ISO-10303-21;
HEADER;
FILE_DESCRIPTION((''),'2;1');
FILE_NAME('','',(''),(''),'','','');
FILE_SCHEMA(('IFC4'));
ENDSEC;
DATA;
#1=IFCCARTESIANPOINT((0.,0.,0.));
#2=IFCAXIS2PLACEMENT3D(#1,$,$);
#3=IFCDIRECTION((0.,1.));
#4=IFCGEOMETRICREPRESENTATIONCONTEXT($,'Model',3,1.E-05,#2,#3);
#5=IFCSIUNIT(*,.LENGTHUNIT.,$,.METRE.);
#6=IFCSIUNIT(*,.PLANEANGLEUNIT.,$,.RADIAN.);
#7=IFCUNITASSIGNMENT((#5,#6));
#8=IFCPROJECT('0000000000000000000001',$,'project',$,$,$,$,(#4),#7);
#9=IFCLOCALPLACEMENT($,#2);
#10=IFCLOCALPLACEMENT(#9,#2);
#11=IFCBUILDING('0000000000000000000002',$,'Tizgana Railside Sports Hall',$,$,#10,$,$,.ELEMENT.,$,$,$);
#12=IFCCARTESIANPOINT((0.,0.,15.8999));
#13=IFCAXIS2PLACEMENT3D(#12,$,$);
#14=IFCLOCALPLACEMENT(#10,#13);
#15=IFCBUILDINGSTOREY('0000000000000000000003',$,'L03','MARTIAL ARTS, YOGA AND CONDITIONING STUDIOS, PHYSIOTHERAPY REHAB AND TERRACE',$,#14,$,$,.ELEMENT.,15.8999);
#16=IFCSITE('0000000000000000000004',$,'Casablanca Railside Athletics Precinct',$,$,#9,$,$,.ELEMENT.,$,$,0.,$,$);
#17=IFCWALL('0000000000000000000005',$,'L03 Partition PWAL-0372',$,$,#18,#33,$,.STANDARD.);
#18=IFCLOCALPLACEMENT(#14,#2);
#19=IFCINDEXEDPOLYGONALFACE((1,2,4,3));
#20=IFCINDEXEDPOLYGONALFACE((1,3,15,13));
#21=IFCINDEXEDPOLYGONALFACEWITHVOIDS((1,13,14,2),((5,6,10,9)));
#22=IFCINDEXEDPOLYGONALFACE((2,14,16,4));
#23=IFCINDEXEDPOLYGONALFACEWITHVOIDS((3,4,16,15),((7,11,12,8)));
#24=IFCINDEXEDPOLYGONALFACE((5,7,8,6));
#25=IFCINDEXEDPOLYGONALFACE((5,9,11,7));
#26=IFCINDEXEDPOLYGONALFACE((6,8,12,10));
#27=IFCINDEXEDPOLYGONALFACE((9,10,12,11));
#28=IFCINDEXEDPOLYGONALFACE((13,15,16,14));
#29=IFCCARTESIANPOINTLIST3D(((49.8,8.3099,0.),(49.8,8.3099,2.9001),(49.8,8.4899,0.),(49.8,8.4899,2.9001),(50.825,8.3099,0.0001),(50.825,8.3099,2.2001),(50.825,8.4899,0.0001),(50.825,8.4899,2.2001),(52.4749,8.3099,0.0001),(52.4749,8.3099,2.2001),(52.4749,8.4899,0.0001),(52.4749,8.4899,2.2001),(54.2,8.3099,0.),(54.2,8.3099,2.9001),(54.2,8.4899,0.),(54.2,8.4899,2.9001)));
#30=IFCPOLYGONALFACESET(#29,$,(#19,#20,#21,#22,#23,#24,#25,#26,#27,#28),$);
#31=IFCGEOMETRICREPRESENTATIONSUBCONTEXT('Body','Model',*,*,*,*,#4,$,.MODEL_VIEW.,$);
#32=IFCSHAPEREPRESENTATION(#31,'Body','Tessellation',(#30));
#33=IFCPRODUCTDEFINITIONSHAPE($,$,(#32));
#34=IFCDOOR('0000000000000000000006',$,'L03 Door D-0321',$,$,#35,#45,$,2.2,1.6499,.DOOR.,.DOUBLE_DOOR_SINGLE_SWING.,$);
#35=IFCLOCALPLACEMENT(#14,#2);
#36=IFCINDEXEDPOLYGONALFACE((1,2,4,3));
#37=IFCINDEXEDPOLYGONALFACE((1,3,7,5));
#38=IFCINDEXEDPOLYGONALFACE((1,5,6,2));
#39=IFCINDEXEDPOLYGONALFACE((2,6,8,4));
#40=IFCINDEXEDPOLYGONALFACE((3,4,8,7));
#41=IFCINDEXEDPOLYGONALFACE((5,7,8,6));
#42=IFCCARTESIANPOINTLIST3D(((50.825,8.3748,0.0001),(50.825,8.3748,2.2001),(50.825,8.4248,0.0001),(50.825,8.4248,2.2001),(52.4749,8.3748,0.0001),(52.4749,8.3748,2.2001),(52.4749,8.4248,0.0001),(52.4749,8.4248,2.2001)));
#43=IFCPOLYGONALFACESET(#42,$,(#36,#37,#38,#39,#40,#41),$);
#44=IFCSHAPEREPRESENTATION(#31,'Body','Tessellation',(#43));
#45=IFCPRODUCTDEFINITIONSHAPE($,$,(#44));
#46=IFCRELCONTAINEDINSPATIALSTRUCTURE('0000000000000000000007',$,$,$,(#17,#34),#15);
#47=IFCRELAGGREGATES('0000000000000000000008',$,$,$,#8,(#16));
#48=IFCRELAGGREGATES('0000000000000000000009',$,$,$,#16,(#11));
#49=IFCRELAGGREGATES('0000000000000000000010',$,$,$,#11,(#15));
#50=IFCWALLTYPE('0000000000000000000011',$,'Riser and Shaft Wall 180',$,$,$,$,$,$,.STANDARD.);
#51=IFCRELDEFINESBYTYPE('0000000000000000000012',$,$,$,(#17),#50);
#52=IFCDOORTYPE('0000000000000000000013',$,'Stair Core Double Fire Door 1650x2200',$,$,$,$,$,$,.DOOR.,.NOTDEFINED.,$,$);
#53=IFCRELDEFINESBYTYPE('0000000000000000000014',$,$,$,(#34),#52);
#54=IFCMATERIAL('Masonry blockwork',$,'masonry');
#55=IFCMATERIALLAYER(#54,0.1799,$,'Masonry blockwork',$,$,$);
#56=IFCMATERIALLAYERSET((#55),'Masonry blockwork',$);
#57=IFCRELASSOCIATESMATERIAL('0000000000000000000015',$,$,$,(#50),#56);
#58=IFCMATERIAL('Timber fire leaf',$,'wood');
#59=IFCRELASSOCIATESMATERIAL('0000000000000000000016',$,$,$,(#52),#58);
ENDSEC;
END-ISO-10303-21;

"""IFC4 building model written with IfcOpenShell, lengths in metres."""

from ifc_helpers import new_model, si_unit, direction, frame, frame_2d, origin, place, context, subcontext, project, spatial, rectangle, extrude, material, layer, layer_set, type_object, element, fill, save


model = new_model("IFC4")

# Units and contexts
model_context = context("Model", 3, precision=1e-05, world=origin(), true_north=direction((0.0, 1.0)))
body_context = subcontext(model_context, "Body", "Model", "MODEL_VIEW")
ifc_project = project(units=[si_unit("LENGTHUNIT", "METRE"), si_unit("PLANEANGLEUNIT", "RADIAN")], contexts=[model_context])

# Site, building, storey
site_placement = place(None, origin())
site = spatial("IfcSite", under=ifc_project, at=site_placement, Name="Casablanca Railside Athletics Precinct", CompositionType="ELEMENT", RefElevation=0.0)
building_placement = place(site_placement, origin())
building = spatial("IfcBuilding", under=site, at=building_placement, Name="Tizgana Railside Sports Hall", CompositionType="ELEMENT")
storey_placement = place(building_placement, frame((0.0, 0.0, 15.8999)))
storey = spatial("IfcBuildingStorey", under=building, at=storey_placement, Name="L03", Description="MARTIAL ARTS, YOGA AND CONDITIONING STUDIOS, PHYSIOTHERAPY REHAB AND TERRACE", CompositionType="ELEMENT", Elevation=15.8999)

# Shared definitions
ifc_material_1 = material(Name="Masonry blockwork", Category="masonry")

# Wall, opening, door
ifc_layer_1 = layer(ifc_material_1, 0.1799, Name="Masonry blockwork")
ifc_layer_set_1 = layer_set([ifc_layer_1], Name="Masonry blockwork")
wall_type_1 = type_object("IfcWallType", Name="Riser and Shaft Wall 180", PredefinedType="STANDARD", material=ifc_layer_set_1)
wall_1_placement = place(storey_placement, frame((49.8, 8.3999, 0.0), z_axis=(0.0, 0.0, 1.0), x_axis=(1.0, 0.0, 0.0)))
wall_1 = element("IfcWall", 1, at=wall_1_placement, inside=storey, type_object=wall_type_1, Name="L03 Partition PWAL-0372", PredefinedType="STANDARD", context=body_context, shape_type="SweptSolid", body=[
    extrude(rectangle(XDim=4.3999, YDim=0.1799, at=frame_2d((2.2, 0.0))), origin(), (0.0, 0.0, 1.0), 2.9001),
])
opening_1_placement = place(wall_1_placement, frame((1.0249, 0.0, 0.0)))
opening_1 = element("IfcOpeningElement", 2, at=opening_1_placement, cuts=wall_1, PredefinedType="OPENING", context=body_context, shape_type="SweptSolid", body=[
    extrude(rectangle(XDim=1.6499, YDim=2.2, at=frame_2d((0.825, 1.1001))), frame((0.0, 0.0999, 0.0), z_axis=(0.0, -1.0, 0.0), x_axis=(1.0, 0.0, 0.0)), (0.0, 0.0, 1.0), 0.2),
])
ifc_material_2 = material(Name="Timber fire leaf", Category="wood")
door_type_1 = type_object("IfcDoorType", Name="Stair Core Double Fire Door 1650x2200", OperationType="NOTDEFINED", PredefinedType="DOOR", material=ifc_material_2)
door_1_placement = place(opening_1_placement, origin())
door_1 = element("IfcDoor", 3, at=door_1_placement, inside=storey, type_object=door_type_1, Name="L03 Door D-0321", OperationType="DOUBLE_DOOR_SINGLE_SWING", OverallHeight=2.2, OverallWidth=1.6499, PredefinedType="DOOR", context=body_context, shape_type="SweptSolid", body=[
    extrude(rectangle(XDim=1.6499, YDim=2.2, at=frame_2d((0.825, 1.1001))), frame((0.0, 0.0249, 0.0), z_axis=(0.0, -1.0, 0.0), x_axis=(1.0, 0.0, 0.0)), (0.0, 0.0, 1.0), 0.05),
])
fill(opening_1, door_1)

save(model, "model.ifc")
